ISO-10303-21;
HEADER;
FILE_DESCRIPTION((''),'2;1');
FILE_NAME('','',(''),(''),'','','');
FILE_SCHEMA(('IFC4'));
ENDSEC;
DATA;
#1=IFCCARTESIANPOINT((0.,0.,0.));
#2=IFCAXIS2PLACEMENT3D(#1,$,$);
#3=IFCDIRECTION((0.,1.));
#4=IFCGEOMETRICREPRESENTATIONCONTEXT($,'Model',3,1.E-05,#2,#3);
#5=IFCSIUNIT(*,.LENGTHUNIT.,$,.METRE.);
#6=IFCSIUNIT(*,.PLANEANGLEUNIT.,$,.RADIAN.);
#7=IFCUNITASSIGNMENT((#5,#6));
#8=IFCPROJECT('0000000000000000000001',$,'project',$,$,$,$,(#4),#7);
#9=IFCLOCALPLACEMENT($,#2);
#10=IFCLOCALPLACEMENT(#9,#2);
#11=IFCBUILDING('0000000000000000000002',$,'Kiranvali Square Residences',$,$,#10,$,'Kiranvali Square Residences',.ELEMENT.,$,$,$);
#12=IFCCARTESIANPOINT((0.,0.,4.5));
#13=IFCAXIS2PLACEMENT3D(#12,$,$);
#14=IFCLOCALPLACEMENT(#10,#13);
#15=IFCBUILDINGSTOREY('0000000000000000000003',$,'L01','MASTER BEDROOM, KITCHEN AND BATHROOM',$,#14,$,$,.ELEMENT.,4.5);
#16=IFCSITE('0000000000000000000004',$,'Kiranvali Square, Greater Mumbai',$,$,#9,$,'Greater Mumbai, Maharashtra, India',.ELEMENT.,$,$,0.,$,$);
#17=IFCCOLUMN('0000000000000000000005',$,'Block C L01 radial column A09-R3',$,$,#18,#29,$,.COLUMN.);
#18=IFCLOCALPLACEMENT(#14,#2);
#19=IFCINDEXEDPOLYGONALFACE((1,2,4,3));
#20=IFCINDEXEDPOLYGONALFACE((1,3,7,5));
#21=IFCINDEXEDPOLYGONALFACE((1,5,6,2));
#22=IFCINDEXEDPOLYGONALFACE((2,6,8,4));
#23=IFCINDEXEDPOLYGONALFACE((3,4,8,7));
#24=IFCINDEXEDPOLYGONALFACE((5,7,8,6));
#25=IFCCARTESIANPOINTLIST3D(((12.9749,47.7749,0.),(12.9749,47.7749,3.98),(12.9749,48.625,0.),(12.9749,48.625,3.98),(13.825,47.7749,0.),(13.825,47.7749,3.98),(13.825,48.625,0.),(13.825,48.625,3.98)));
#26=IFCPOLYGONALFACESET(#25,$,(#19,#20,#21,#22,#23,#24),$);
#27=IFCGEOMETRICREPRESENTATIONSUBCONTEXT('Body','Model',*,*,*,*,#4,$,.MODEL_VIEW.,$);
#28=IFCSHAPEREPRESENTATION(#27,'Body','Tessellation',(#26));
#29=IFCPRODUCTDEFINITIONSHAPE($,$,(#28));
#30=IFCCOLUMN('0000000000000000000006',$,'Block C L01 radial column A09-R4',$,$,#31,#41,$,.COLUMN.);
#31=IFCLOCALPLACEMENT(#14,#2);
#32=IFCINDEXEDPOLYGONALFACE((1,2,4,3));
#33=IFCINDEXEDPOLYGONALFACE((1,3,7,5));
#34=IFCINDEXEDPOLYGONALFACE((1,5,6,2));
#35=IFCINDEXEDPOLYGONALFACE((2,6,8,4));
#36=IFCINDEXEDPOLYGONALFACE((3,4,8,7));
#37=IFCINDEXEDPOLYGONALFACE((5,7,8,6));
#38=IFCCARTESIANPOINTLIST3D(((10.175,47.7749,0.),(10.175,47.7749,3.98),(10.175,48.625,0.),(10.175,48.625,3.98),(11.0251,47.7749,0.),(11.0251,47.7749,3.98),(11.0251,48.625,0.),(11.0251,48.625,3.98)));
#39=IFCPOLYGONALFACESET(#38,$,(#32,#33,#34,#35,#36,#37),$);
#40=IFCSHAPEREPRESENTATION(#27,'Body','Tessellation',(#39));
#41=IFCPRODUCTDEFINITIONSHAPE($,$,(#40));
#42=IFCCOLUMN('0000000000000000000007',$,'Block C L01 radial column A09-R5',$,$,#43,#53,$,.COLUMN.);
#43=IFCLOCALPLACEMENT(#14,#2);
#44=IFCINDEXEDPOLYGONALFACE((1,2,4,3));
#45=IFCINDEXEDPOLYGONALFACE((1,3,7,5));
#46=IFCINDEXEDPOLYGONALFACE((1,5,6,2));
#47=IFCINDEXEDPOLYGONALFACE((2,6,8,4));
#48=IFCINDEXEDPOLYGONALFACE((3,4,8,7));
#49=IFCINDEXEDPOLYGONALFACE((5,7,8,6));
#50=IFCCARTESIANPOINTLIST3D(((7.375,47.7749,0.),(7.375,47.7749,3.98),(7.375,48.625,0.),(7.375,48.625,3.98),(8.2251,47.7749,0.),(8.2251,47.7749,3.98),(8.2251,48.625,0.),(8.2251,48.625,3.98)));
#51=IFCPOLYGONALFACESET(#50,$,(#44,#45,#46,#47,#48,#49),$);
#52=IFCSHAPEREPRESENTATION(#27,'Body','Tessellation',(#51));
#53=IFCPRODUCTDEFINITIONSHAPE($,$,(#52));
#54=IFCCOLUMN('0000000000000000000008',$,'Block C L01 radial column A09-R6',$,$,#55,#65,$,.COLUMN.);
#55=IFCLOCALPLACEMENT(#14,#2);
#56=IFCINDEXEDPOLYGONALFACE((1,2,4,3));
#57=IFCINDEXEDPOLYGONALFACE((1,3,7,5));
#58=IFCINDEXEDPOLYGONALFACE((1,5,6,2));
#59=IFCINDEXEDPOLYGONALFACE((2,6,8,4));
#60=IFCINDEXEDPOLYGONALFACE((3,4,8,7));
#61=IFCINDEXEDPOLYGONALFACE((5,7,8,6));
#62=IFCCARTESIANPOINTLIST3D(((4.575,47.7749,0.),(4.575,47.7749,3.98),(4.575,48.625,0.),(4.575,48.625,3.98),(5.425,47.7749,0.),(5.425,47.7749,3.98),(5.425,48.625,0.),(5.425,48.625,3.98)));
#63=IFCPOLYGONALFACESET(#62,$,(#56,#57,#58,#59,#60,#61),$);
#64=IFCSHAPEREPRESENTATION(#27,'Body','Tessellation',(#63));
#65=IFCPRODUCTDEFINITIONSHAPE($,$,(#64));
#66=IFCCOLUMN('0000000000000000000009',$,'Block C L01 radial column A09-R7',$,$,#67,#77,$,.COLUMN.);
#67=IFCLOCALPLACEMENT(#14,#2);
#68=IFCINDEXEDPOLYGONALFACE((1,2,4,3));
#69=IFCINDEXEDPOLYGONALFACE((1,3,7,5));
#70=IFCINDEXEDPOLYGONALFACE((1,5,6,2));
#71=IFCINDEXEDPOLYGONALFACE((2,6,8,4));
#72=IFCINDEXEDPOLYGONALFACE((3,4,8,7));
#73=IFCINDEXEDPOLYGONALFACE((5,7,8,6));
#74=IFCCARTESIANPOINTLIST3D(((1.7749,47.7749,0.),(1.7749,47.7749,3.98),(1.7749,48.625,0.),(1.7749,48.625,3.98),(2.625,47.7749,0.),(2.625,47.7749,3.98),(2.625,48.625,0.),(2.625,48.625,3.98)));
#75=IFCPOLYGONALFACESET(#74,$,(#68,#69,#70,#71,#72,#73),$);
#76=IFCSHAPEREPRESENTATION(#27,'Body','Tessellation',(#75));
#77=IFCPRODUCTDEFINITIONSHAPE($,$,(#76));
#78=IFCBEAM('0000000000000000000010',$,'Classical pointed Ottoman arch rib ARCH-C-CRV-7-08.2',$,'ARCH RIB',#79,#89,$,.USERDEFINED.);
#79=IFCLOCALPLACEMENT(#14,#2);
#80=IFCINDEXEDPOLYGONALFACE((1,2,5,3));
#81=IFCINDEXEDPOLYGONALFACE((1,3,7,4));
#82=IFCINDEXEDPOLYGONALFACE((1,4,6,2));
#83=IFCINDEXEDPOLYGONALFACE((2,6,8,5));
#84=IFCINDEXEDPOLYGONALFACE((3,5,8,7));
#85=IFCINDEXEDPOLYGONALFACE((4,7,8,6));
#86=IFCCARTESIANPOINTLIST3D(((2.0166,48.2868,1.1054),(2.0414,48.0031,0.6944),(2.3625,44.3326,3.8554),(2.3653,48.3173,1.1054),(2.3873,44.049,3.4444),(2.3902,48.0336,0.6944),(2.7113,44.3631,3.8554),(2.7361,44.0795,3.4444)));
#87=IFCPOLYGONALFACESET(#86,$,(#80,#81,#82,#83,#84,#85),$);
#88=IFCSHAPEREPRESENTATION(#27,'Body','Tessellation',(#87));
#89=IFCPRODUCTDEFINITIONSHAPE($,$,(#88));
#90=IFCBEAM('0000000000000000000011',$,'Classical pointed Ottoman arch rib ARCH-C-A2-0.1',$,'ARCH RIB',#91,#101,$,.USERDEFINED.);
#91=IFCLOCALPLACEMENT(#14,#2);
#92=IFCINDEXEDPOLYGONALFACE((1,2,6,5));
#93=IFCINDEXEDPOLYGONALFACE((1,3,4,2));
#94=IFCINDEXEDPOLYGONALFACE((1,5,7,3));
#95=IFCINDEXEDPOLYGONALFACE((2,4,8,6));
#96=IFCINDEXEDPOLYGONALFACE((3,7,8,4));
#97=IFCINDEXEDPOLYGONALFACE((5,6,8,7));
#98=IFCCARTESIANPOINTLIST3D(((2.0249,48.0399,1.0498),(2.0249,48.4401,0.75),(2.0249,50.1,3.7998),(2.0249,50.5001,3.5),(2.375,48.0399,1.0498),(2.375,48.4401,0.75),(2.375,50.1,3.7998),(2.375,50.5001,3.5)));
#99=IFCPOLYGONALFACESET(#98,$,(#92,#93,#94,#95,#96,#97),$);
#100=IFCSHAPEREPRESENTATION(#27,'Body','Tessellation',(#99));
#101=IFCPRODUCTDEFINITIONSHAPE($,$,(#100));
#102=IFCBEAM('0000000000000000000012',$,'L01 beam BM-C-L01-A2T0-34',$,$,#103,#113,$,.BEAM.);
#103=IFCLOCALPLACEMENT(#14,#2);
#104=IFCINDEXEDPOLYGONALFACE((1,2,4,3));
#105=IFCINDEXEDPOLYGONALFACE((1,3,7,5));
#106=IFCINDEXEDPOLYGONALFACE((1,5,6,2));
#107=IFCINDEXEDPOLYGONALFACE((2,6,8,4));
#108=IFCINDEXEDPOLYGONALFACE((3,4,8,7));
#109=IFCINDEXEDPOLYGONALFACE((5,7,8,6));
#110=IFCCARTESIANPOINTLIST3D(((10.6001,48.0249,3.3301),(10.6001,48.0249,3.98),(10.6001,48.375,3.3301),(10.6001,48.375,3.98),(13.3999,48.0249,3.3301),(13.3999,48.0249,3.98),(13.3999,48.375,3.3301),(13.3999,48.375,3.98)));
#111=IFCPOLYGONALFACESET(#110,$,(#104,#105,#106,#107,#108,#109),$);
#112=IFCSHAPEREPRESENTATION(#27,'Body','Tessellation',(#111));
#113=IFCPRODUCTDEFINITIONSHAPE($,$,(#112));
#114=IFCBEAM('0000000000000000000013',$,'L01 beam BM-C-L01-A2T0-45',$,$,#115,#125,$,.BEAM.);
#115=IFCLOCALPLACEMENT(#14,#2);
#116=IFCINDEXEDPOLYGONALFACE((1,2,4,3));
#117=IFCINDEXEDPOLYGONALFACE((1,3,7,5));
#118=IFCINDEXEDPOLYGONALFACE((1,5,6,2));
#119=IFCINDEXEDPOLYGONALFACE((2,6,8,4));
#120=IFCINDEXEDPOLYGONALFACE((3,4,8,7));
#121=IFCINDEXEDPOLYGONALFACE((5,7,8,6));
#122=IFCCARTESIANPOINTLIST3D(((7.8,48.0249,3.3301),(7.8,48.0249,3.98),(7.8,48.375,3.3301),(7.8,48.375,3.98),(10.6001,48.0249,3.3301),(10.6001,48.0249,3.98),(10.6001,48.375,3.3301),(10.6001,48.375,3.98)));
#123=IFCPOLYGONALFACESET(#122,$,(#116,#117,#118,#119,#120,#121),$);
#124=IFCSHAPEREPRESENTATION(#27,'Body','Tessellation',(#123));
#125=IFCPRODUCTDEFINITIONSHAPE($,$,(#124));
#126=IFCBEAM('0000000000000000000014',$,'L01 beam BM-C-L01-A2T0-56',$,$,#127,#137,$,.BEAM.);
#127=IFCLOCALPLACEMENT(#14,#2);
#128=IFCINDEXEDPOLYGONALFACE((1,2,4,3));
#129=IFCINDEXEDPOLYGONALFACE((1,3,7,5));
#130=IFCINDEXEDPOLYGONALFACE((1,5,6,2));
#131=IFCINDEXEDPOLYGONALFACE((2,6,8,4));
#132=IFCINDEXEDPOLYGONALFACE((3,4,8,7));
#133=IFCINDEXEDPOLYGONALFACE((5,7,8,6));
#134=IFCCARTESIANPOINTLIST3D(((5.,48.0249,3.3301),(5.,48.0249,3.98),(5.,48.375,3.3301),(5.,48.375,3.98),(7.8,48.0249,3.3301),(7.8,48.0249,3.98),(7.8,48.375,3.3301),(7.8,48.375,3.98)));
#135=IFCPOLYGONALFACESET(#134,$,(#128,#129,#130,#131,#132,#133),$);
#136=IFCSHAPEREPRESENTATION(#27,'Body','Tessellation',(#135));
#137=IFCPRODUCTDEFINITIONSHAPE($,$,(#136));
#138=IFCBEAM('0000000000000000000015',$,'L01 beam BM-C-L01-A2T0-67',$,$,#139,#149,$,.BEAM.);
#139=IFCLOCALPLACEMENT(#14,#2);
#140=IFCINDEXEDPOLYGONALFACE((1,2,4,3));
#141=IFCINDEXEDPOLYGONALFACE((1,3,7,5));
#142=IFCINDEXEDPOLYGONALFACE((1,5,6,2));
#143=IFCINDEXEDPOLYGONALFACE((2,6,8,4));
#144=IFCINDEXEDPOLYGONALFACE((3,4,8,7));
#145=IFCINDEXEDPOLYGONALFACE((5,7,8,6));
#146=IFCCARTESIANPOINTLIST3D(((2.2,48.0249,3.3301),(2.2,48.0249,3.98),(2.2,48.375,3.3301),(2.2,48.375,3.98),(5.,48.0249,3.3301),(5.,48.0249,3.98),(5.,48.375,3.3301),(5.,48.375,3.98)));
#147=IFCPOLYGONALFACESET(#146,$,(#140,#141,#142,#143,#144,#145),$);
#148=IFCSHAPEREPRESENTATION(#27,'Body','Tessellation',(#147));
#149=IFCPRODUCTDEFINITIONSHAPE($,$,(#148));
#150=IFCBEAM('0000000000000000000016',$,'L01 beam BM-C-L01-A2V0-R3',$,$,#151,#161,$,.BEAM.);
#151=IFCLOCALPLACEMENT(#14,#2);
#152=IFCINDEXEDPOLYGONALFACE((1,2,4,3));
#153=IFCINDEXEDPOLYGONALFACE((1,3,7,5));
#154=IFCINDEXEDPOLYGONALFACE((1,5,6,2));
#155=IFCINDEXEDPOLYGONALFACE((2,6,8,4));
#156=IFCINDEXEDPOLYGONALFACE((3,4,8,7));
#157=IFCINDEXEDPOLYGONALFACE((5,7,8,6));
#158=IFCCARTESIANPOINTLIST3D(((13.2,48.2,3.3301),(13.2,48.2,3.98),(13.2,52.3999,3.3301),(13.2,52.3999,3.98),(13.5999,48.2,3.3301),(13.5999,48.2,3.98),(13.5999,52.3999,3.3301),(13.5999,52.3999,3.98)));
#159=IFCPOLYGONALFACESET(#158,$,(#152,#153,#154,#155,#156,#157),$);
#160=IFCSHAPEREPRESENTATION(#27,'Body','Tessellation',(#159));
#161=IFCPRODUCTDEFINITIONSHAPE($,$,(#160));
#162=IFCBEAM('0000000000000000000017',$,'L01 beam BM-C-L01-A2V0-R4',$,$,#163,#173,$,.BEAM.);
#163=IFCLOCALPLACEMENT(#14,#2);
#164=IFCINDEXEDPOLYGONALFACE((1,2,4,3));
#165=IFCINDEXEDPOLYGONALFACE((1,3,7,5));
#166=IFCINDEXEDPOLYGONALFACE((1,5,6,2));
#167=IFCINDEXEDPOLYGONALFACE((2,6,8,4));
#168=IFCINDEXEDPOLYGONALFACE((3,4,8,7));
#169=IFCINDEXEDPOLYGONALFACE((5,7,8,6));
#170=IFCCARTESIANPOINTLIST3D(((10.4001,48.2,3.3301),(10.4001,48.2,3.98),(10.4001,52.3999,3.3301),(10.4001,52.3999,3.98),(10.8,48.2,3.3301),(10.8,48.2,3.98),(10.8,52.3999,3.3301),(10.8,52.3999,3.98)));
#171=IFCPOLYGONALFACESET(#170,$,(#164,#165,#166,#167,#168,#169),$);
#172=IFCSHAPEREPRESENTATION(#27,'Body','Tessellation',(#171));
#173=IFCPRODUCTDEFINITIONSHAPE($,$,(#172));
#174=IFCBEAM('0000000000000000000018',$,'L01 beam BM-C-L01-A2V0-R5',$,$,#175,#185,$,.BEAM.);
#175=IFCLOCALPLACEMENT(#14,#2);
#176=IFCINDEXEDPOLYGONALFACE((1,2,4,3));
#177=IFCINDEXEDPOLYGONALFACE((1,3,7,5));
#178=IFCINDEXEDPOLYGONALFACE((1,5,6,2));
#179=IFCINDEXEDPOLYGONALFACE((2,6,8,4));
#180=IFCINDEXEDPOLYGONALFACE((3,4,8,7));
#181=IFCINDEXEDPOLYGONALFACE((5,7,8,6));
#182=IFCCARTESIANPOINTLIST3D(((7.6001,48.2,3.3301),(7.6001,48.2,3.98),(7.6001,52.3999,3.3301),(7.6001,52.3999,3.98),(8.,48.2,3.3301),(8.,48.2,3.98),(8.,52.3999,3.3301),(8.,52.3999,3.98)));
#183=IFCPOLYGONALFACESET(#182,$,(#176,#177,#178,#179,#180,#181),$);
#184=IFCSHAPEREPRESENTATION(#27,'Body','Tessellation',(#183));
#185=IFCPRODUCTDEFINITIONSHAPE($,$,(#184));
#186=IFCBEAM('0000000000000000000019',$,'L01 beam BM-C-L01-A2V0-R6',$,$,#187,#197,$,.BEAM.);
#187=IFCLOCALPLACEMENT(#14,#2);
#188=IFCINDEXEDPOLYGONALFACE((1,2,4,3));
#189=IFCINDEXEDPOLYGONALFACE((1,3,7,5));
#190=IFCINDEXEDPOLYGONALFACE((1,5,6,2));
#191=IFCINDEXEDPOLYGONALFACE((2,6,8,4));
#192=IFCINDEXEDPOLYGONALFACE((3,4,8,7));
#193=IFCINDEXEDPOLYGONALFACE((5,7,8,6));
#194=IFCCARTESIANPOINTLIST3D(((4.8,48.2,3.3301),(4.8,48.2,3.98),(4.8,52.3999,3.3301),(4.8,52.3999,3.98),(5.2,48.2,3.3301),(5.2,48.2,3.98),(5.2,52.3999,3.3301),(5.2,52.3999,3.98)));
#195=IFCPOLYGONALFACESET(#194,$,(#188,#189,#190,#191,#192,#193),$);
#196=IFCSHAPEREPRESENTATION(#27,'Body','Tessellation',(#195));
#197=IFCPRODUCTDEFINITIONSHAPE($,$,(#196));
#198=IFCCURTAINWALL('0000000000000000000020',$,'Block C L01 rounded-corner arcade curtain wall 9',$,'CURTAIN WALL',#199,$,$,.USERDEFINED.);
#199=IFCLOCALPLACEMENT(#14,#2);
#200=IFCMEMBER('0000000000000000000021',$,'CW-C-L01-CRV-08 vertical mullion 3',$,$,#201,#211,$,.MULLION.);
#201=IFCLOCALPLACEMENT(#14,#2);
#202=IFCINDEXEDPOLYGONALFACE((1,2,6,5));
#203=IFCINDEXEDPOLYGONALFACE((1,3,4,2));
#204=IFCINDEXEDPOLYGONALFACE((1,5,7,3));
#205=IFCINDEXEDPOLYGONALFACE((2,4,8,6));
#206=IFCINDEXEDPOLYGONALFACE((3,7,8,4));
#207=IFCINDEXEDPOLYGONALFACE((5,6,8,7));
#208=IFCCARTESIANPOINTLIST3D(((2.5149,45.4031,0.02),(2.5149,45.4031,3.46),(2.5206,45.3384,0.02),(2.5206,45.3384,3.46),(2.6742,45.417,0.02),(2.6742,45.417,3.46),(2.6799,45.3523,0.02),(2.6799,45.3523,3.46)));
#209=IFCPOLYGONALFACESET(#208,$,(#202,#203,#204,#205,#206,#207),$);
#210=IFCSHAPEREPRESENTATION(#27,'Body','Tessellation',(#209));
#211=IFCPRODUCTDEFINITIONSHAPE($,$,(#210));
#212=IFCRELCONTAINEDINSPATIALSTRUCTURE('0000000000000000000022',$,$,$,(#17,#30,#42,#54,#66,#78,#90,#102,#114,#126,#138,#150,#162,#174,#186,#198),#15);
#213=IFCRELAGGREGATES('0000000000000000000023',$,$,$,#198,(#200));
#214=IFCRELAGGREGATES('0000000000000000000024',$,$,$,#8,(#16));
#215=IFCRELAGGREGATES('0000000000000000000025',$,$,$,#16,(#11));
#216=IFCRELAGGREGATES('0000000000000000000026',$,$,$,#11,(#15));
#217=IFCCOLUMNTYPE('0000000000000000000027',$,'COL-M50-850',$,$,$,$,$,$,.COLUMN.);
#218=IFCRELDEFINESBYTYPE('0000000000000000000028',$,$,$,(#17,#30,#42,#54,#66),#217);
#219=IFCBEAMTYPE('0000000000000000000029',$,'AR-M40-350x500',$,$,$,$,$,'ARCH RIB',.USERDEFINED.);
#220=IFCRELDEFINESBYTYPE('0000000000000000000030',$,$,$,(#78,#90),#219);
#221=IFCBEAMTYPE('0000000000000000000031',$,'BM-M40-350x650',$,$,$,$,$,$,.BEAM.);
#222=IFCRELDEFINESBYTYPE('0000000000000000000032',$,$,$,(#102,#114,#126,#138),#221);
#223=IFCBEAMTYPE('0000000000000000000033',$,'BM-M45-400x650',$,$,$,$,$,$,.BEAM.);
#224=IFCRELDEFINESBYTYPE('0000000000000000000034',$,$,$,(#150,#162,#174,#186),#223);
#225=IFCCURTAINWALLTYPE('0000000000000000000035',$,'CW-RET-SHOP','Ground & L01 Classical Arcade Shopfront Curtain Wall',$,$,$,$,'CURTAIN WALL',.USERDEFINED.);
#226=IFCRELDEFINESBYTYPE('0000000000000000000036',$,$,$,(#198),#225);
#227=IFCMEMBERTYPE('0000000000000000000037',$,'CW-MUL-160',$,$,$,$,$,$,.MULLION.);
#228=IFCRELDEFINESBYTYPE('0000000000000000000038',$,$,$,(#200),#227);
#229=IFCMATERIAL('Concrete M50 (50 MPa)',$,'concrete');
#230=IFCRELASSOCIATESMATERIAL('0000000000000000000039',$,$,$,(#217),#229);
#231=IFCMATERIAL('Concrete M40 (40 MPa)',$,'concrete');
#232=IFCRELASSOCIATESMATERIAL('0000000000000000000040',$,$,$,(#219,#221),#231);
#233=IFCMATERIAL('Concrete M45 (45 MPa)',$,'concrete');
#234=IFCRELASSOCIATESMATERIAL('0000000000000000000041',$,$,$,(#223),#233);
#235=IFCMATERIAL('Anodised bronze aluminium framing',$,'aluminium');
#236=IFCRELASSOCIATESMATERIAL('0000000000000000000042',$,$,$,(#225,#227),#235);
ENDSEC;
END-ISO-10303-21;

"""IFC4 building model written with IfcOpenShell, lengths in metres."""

from ifc_helpers import new_model, si_unit, direction, frame, origin, origin_2d, place, context, subcontext, project, spatial, rectangle, extrude, material, material_profile, profile_set, type_object, element, aggregate, save


model = new_model("IFC4")

# Units and contexts
model_context = context("Model", 3, precision=1e-05, world=origin(), true_north=direction((0.0, 1.0)))
body_context = subcontext(model_context, "Body", "Model", "MODEL_VIEW")
ifc_project = project(units=[si_unit("LENGTHUNIT", "METRE"), si_unit("PLANEANGLEUNIT", "RADIAN")], contexts=[model_context])

# Site, building, storey
site_placement = place(None, origin())
site = spatial("IfcSite", under=ifc_project, at=site_placement, Name="Kiranvali Square, Greater Mumbai", LongName="Greater Mumbai, Maharashtra, India", CompositionType="ELEMENT", RefElevation=0.0)
building_placement = place(site_placement, origin())
building = spatial("IfcBuilding", under=site, at=building_placement, Name="Kiranvali Square Residences", LongName="Kiranvali Square Residences", CompositionType="ELEMENT")
storey_placement = place(building_placement, frame((0.0, 0.0, 4.5)))
storey = spatial("IfcBuildingStorey", under=building, at=storey_placement, Name="L01", Description="MASTER BEDROOM, KITCHEN AND BATHROOM", CompositionType="ELEMENT", Elevation=4.5)

# Columns
ifc_material_1 = material(Name="Concrete M50 (50 MPa)", Category="concrete")
ifc_material_profile_1 = material_profile(ifc_material_1, rectangle(XDim=0.8501, YDim=0.8501, at=origin_2d()), Name="RC 850x850")
ifc_profile_set_1 = profile_set([ifc_material_profile_1], Name="Concrete M50 (50 MPa)")
column_type = type_object("IfcColumnType", Name="COL-M50-850", PredefinedType="COLUMN", material=ifc_profile_set_1)
for number, where, z_axis, x_axis, name in (
    (1, (13.3999, 48.2, 0.0), (0.0, 0.0, 1.0), (0.0, 1.0, 0.0), "Block C L01 radial column A09-R3"),
    (2, (10.6001, 48.2, 0.0), (0.0, 0.0, 1.0), (0.0, 1.0, 0.0), "Block C L01 radial column A09-R4"),
    (3, (7.8, 48.2, 0.0), (0.0, 0.0, 1.0), (0.0, 1.0, 0.0), "Block C L01 radial column A09-R5"),
    (4, (5.0, 48.2, 0.0), (0.0, 0.0, 1.0), (0.0, 1.0, 0.0), "Block C L01 radial column A09-R6"),
    (5, (2.2, 48.2, 0.0), (0.0, 0.0, 1.0), (0.0, 1.0, 0.0), "Block C L01 radial column A09-R7"),
):
    element("IfcColumn", number, at=place(storey_placement, frame(where, z_axis=z_axis, x_axis=x_axis)), inside=storey, type_object=column_type, Name=name, PredefinedType="COLUMN", context=body_context, shape_type="SweptSolid", body=[
        extrude(rectangle(XDim=0.8501, YDim=0.8501, at=origin_2d()), origin(), (0.0, 0.0, 1.0), 3.98),
    ])

# Beams
ifc_material_2 = material(Name="Concrete M40 (40 MPa)", Category="concrete")
ifc_material_profile_2 = material_profile(ifc_material_2, rectangle(XDim=0.3501, YDim=0.5, at=origin_2d()), Name="RC 350x500")
ifc_profile_set_2 = profile_set([ifc_material_profile_2], Name="Concrete M40 (40 MPa)")
beam_type_1 = type_object("IfcBeamType", Name="AR-M40-350x500", ElementType="ARCH RIB", PredefinedType="USERDEFINED", material=ifc_profile_set_2)
beam_1_placement = place(storey_placement, frame((2.5493, 44.2061, 3.6499), z_axis=(-0.071643, 0.818862, -0.569502), x_axis=(-0.996195, -0.087158, 0.0)))
element("IfcBeam", 6, at=beam_1_placement, inside=storey, type_object=beam_type_1, Name="Classical pointed Ottoman arch rib ARCH-C-CRV-7-08.2", ObjectType="ARCH RIB", PredefinedType="USERDEFINED", context=body_context, shape_type="SweptSolid", body=[
    extrude(rectangle(XDim=0.3501, YDim=0.5, at=origin_2d()), origin(), (0.0, 0.0, 1.0), 4.8289),
])
beam_2_placement = place(storey_placement, frame((2.2, 48.24, 0.8999), z_axis=(0.0, 0.599545, 0.800341), x_axis=(-1.0, 0.0, 0.0)))
element("IfcBeam", 7, at=beam_2_placement, inside=storey, type_object=beam_type_1, Name="Classical pointed Ottoman arch rib ARCH-C-A2-0.1", ObjectType="ARCH RIB", PredefinedType="USERDEFINED", context=body_context, shape_type="SweptSolid", body=[
    extrude(rectangle(XDim=0.3501, YDim=0.5, at=origin_2d()), origin(), (0.0, 0.0, 1.0), 3.436),
])
ifc_material_profile_3 = material_profile(ifc_material_2, rectangle(XDim=0.3501, YDim=0.6499, at=origin_2d()), Name="RC 350x650")
ifc_profile_set_3 = profile_set([ifc_material_profile_3], Name="Concrete M40 (40 MPa)")
beam_type_2 = type_object("IfcBeamType", Name="BM-M40-350x650", PredefinedType="BEAM", material=ifc_profile_set_3)
beam_3_placement = place(storey_placement, frame((13.3999, 48.2, 3.655), z_axis=(-1.0, 0.0, 0.0), x_axis=(0.0, -1.0, 0.0)))
element("IfcBeam", 8, at=beam_3_placement, inside=storey, type_object=beam_type_2, Name="L01 beam BM-C-L01-A2T0-34", PredefinedType="BEAM", context=body_context, shape_type="SweptSolid", body=[
    extrude(rectangle(XDim=0.3501, YDim=0.6499, at=origin_2d()), origin(), (0.0, 0.0, 1.0), 2.7998),
])
for number, where, z_axis, x_axis, name in (
    (9, (10.6001, 48.2, 3.655), (-1.0, 0.0, 0.0), (0.0, -1.0, 0.0), "L01 beam BM-C-L01-A2T0-45"),
    (10, (7.8, 48.2, 3.655), (-1.0, 0.0, 0.0), (0.0, -1.0, 0.0), "L01 beam BM-C-L01-A2T0-56"),
    (11, (5.0, 48.2, 3.655), (-1.0, 0.0, 0.0), (0.0, -1.0, 0.0), "L01 beam BM-C-L01-A2T0-67"),
):
    element("IfcBeam", number, at=place(storey_placement, frame(where, z_axis=z_axis, x_axis=x_axis)), inside=storey, type_object=beam_type_2, Name=name, PredefinedType="BEAM", context=body_context, shape_type="SweptSolid", body=[
        extrude(rectangle(XDim=0.3501, YDim=0.6499, at=origin_2d()), origin(), (0.0, 0.0, 1.0), 2.8),
    ])
ifc_material_3 = material(Name="Concrete M45 (45 MPa)", Category="concrete")
ifc_material_profile_4 = material_profile(ifc_material_3, rectangle(XDim=0.3999, YDim=0.6499, at=origin_2d()), Name="RC 400x650")
ifc_profile_set_4 = profile_set([ifc_material_profile_4], Name="Concrete M45 (45 MPa)")
beam_type_3 = type_object("IfcBeamType", Name="BM-M45-400x650", PredefinedType="BEAM", material=ifc_profile_set_4)
for number, where, z_axis, x_axis, name in (
    (12, (13.3999, 48.2, 3.655), (0.0, 1.0, 0.0), (-1.0, 0.0, 0.0), "L01 beam BM-C-L01-A2V0-R3"),
    (13, (10.6001, 48.2, 3.655), (0.0, 1.0, 0.0), (-1.0, 0.0, 0.0), "L01 beam BM-C-L01-A2V0-R4"),
    (14, (7.8, 48.2, 3.655), (0.0, 1.0, 0.0), (-1.0, 0.0, 0.0), "L01 beam BM-C-L01-A2V0-R5"),
    (15, (5.0, 48.2, 3.655), (0.0, 1.0, 0.0), (-1.0, 0.0, 0.0), "L01 beam BM-C-L01-A2V0-R6"),
):
    element("IfcBeam", number, at=place(storey_placement, frame(where, z_axis=z_axis, x_axis=x_axis)), inside=storey, type_object=beam_type_3, Name=name, PredefinedType="BEAM", context=body_context, shape_type="SweptSolid", body=[
        extrude(rectangle(XDim=0.3999, YDim=0.6499, at=origin_2d()), origin(), (0.0, 0.0, 1.0), 4.2),
    ])

# Curtain wall, member
ifc_material_4 = material(Name="Anodised bronze aluminium framing", Category="aluminium")
curtain_wall_type = type_object("IfcCurtainWallType", Name="CW-RET-SHOP", Description="Ground & L01 Classical Arcade Shopfront Curtain Wall", ElementType="CURTAIN WALL", PredefinedType="USERDEFINED", material=ifc_material_4)
curtain_wall_1_placement = place(storey_placement, origin())
curtain_wall_1 = element("IfcCurtainWall", 16, at=curtain_wall_1_placement, inside=storey, type_object=curtain_wall_type, Name="Block C L01 rounded-corner arcade curtain wall 9", ObjectType="CURTAIN WALL", PredefinedType="USERDEFINED")
ifc_material_profile_5 = material_profile(ifc_material_4, rectangle(XDim=0.0649, YDim=0.1599, at=origin_2d()), Name="ALU 65x160")
ifc_profile_set_5 = profile_set([ifc_material_profile_5], Name="Anodised bronze aluminium framing")
member_type_1 = type_object("IfcMemberType", Name="CW-MUL-160", PredefinedType="MULLION", material=ifc_profile_set_5)
member_1_placement = place(storey_placement, frame((2.5974, 45.3777, 0.02), z_axis=(0.0, 0.0, 1.0), x_axis=(-0.087156, 0.996195, 0.0)))
member_1 = element("IfcMember", 17, at=member_1_placement, type_object=member_type_1, Name="CW-C-L01-CRV-08 vertical mullion 3", PredefinedType="MULLION", context=body_context, shape_type="SweptSolid", body=[
    extrude(rectangle(XDim=0.0649, YDim=0.1599, at=origin_2d()), origin(), (0.0, 0.0, 1.0), 3.4399),
])

aggregate(curtain_wall_1, [member_1])

save(model, "model.ifc")
